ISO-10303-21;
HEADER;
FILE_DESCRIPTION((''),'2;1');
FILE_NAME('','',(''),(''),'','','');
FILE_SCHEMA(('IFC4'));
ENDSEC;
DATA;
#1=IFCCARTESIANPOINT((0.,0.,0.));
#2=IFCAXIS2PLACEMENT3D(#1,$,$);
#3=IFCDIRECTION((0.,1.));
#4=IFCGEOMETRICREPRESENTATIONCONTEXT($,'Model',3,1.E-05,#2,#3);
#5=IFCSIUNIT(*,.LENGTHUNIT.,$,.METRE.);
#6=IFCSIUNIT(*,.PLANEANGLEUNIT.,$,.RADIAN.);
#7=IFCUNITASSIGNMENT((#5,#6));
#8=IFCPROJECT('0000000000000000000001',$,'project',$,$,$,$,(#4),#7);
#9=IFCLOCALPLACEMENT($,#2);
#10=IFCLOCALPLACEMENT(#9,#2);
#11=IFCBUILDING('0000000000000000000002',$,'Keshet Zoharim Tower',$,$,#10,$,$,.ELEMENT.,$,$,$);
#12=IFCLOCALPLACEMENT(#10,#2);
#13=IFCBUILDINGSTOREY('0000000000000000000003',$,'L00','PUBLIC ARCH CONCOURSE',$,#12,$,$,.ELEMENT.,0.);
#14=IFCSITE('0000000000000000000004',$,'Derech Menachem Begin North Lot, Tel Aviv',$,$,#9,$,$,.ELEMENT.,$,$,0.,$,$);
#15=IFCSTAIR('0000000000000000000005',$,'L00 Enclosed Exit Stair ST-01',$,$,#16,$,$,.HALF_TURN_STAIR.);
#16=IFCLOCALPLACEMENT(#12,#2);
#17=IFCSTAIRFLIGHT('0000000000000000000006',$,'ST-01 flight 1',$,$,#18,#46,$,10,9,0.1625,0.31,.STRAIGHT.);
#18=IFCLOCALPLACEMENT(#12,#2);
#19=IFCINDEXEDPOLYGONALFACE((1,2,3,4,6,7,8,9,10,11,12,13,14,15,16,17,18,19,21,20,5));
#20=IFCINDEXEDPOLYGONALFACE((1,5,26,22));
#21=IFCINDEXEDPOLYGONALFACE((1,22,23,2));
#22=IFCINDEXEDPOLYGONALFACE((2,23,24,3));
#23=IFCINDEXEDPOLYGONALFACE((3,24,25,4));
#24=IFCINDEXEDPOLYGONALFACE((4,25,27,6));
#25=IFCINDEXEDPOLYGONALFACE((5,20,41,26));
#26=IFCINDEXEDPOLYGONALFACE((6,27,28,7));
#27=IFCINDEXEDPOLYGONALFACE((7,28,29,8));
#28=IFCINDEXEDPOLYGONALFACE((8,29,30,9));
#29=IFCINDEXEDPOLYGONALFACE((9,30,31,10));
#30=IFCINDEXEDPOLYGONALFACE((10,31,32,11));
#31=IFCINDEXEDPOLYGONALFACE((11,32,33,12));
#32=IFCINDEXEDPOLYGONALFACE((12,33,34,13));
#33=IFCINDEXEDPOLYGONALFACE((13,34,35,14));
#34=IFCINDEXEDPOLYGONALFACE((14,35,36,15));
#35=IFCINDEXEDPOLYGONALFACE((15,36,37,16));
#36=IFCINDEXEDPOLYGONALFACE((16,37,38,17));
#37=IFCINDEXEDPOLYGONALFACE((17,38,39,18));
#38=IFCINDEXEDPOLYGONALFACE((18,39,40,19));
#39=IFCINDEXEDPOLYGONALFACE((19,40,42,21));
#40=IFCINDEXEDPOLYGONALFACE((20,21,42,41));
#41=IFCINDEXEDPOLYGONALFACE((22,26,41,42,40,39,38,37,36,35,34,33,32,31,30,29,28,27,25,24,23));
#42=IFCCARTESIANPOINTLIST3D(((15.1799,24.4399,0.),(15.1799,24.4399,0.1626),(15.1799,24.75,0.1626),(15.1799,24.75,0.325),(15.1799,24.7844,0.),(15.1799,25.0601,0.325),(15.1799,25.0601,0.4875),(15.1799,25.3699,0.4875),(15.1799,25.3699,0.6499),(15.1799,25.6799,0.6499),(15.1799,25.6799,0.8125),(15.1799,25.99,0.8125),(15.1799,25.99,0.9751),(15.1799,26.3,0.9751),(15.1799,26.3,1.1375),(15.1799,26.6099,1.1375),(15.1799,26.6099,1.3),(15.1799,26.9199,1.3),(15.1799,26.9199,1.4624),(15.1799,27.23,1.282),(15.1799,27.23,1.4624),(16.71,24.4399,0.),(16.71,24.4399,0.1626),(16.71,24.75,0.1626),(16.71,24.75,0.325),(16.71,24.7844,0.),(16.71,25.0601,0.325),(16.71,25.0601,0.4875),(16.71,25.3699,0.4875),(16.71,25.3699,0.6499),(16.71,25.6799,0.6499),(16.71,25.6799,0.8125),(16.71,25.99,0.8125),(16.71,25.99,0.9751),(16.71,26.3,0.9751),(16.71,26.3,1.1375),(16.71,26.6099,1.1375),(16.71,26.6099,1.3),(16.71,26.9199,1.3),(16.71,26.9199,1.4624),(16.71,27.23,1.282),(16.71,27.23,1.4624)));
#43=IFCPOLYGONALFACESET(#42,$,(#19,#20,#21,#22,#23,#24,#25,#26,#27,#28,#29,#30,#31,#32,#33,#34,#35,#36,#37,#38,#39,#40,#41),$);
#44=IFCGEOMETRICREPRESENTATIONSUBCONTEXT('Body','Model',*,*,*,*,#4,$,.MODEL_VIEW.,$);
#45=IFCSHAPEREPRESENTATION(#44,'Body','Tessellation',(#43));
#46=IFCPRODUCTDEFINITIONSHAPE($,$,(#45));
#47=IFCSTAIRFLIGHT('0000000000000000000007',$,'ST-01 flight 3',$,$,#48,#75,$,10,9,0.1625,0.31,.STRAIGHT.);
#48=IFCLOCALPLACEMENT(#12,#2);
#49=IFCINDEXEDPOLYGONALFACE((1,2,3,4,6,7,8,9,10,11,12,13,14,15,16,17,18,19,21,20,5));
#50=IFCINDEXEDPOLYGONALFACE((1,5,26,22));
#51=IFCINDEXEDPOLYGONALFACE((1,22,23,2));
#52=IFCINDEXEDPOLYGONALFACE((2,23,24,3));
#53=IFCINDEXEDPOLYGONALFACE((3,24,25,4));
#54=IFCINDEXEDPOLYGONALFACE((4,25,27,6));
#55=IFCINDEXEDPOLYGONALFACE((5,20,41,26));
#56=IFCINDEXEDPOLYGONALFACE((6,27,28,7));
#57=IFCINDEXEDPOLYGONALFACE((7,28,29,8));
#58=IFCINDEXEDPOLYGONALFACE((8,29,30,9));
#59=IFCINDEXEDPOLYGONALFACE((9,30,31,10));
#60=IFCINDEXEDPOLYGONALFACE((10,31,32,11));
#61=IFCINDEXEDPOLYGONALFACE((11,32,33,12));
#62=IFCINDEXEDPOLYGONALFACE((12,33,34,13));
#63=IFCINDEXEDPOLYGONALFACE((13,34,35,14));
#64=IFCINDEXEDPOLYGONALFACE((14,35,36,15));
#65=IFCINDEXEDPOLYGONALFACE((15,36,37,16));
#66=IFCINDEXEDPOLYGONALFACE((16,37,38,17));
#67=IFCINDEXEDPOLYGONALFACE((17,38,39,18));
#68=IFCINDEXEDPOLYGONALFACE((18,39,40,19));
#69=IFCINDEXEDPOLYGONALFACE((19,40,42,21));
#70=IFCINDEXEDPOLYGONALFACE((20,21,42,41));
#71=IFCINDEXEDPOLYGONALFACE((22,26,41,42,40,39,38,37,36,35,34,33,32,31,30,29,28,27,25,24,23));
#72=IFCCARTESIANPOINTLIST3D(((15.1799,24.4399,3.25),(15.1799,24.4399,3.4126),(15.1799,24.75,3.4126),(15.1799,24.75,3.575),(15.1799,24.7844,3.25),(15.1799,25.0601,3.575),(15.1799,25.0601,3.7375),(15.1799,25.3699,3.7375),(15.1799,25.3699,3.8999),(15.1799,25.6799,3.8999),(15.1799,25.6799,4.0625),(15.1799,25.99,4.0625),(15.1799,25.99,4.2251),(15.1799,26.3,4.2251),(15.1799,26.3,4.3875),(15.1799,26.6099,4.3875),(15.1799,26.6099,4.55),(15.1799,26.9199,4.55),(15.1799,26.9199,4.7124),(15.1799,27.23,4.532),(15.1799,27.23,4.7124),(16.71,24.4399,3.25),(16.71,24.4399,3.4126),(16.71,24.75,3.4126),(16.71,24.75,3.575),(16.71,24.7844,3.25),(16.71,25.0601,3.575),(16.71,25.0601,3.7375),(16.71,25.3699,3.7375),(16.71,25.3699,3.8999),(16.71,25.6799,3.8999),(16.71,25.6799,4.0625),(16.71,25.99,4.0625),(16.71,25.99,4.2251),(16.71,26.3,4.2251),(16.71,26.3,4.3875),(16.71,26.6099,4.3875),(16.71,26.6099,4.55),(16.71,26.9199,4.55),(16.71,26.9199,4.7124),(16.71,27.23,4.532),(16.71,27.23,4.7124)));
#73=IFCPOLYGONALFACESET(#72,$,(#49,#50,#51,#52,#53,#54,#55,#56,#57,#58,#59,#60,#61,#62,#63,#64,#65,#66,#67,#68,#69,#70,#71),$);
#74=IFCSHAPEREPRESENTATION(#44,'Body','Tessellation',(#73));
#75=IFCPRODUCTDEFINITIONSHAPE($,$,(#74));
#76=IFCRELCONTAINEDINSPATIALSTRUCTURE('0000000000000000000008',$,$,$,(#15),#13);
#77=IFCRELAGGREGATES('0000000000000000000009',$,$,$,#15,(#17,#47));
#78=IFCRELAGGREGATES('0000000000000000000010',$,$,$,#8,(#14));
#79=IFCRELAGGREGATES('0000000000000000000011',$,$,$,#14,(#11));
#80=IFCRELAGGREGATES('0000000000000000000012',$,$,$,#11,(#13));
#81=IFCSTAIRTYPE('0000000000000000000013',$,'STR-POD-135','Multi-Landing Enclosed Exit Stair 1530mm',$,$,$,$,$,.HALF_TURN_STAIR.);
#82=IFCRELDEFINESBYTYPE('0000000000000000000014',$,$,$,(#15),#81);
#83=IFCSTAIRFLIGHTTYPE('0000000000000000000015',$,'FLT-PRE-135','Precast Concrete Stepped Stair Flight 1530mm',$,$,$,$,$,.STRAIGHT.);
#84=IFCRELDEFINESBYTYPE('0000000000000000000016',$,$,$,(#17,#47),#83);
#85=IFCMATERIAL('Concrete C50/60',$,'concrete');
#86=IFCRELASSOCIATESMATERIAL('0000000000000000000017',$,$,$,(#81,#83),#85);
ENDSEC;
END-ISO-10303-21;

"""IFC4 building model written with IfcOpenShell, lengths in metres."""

from ifc_helpers import new_model, si_unit, direction, frame, origin, place, context, subcontext, project, spatial, polyline, outline, extrude, material, type_object, element, aggregate, save


model = new_model("IFC4")

# Units and contexts
model_context = context("Model", 3, precision=1e-05, world=origin(), true_north=direction((0.0, 1.0)))
body_context = subcontext(model_context, "Body", "Model", "MODEL_VIEW")
ifc_project = project(units=[si_unit("LENGTHUNIT", "METRE"), si_unit("PLANEANGLEUNIT", "RADIAN")], contexts=[model_context])

# Site, building, storey
site_placement = place(None, origin())
site = spatial("IfcSite", under=ifc_project, at=site_placement, Name="Derech Menachem Begin North Lot, Tel Aviv", CompositionType="ELEMENT", RefElevation=0.0)
building_placement = place(site_placement, origin())
building = spatial("IfcBuilding", under=site, at=building_placement, Name="Keshet Zoharim Tower", CompositionType="ELEMENT")
storey_placement = place(building_placement, origin())
storey = spatial("IfcBuildingStorey", under=building, at=storey_placement, Name="L00", Description="PUBLIC ARCH CONCOURSE", CompositionType="ELEMENT", Elevation=0.0)

# Stair, stair flights
ifc_material_1 = material(Name="Concrete C50/60", Category="concrete")
stair_type = type_object("IfcStairType", Name="STR-POD-135", Description="Multi-Landing Enclosed Exit Stair 1530mm", PredefinedType="HALF_TURN_STAIR", material=ifc_material_1)
stair_placement = place(storey_placement, origin())
stair = element("IfcStair", 1, at=stair_placement, inside=storey, type_object=stair_type, Name="L00 Enclosed Exit Stair ST-01", PredefinedType="HALF_TURN_STAIR")
stair_flight_type = type_object("IfcStairFlightType", Name="FLT-PRE-135", Description="Precast Concrete Stepped Stair Flight 1530mm", PredefinedType="STRAIGHT", material=ifc_material_1)
stair_flight_1_placement = place(storey_placement, frame((15.9451, 24.4399, 0.0), z_axis=(0.0, 0.0, 1.0), x_axis=(0.0, 1.0, 0.0)))
stair_flight_1 = element("IfcStairFlight", 2, at=stair_flight_1_placement, type_object=stair_flight_type, Name="ST-01 flight 1", NumberOfRisers=10, NumberOfTreads=9, PredefinedType="STRAIGHT", RiserHeight=0.1625, TreadLength=0.31, context=body_context, shape_type="SweptSolid", body=[
    extrude(outline(polyline([(0.0, 0.0), (0.0, 0.1626), (0.3101, 0.1626), (0.3101, 0.325), (0.6201, 0.325), (0.6201, 0.4875), (0.9299, 0.4875), (0.9299, 0.6499), (1.24, 0.6499), (1.24, 0.8125), (1.55, 0.8125), (1.55, 0.9751), (1.8601, 0.9751), (1.8601, 1.1375), (2.1699, 1.1375), (2.1699, 1.3), (2.48, 1.3), (2.48, 1.4624), (2.79, 1.4624), (2.79, 1.625), (2.79, 1.282), (0.3445, 0.0), (0.0, 0.0)])), frame((0.0, 0.7651, 0.0), z_axis=(0.0, -1.0, 0.0), x_axis=(1.0, 0.0, 0.0)), (0.0, 0.0, 1.0), 1.53),
])
stair_flight_2_placement = place(storey_placement, frame((15.9451, 24.4399, 3.25), z_axis=(0.0, 0.0, 1.0), x_axis=(0.0, 1.0, 0.0)))
stair_flight_2 = element("IfcStairFlight", 3, at=stair_flight_2_placement, type_object=stair_flight_type, Name="ST-01 flight 3", NumberOfRisers=10, NumberOfTreads=9, PredefinedType="STRAIGHT", RiserHeight=0.1625, TreadLength=0.31, context=body_context, shape_type="SweptSolid", body=[
    extrude(outline(polyline([(0.0, 0.0), (0.0, 0.1626), (0.3101, 0.1626), (0.3101, 0.325), (0.6201, 0.325), (0.6201, 0.4875), (0.9299, 0.4875), (0.9299, 0.6499), (1.24, 0.6499), (1.24, 0.8125), (1.55, 0.8125), (1.55, 0.9751), (1.8601, 0.9751), (1.8601, 1.1375), (2.1699, 1.1375), (2.1699, 1.3), (2.48, 1.3), (2.48, 1.4624), (2.79, 1.4624), (2.79, 1.625), (2.79, 1.282), (0.3445, 0.0), (0.0, 0.0)])), frame((0.0, 0.7651, 0.0), z_axis=(0.0, -1.0, 0.0), x_axis=(1.0, 0.0, 0.0)), (0.0, 0.0, 1.0), 1.53),
])
aggregate(stair, [stair_flight_1, stair_flight_2])

save(model, "model.ifc")
